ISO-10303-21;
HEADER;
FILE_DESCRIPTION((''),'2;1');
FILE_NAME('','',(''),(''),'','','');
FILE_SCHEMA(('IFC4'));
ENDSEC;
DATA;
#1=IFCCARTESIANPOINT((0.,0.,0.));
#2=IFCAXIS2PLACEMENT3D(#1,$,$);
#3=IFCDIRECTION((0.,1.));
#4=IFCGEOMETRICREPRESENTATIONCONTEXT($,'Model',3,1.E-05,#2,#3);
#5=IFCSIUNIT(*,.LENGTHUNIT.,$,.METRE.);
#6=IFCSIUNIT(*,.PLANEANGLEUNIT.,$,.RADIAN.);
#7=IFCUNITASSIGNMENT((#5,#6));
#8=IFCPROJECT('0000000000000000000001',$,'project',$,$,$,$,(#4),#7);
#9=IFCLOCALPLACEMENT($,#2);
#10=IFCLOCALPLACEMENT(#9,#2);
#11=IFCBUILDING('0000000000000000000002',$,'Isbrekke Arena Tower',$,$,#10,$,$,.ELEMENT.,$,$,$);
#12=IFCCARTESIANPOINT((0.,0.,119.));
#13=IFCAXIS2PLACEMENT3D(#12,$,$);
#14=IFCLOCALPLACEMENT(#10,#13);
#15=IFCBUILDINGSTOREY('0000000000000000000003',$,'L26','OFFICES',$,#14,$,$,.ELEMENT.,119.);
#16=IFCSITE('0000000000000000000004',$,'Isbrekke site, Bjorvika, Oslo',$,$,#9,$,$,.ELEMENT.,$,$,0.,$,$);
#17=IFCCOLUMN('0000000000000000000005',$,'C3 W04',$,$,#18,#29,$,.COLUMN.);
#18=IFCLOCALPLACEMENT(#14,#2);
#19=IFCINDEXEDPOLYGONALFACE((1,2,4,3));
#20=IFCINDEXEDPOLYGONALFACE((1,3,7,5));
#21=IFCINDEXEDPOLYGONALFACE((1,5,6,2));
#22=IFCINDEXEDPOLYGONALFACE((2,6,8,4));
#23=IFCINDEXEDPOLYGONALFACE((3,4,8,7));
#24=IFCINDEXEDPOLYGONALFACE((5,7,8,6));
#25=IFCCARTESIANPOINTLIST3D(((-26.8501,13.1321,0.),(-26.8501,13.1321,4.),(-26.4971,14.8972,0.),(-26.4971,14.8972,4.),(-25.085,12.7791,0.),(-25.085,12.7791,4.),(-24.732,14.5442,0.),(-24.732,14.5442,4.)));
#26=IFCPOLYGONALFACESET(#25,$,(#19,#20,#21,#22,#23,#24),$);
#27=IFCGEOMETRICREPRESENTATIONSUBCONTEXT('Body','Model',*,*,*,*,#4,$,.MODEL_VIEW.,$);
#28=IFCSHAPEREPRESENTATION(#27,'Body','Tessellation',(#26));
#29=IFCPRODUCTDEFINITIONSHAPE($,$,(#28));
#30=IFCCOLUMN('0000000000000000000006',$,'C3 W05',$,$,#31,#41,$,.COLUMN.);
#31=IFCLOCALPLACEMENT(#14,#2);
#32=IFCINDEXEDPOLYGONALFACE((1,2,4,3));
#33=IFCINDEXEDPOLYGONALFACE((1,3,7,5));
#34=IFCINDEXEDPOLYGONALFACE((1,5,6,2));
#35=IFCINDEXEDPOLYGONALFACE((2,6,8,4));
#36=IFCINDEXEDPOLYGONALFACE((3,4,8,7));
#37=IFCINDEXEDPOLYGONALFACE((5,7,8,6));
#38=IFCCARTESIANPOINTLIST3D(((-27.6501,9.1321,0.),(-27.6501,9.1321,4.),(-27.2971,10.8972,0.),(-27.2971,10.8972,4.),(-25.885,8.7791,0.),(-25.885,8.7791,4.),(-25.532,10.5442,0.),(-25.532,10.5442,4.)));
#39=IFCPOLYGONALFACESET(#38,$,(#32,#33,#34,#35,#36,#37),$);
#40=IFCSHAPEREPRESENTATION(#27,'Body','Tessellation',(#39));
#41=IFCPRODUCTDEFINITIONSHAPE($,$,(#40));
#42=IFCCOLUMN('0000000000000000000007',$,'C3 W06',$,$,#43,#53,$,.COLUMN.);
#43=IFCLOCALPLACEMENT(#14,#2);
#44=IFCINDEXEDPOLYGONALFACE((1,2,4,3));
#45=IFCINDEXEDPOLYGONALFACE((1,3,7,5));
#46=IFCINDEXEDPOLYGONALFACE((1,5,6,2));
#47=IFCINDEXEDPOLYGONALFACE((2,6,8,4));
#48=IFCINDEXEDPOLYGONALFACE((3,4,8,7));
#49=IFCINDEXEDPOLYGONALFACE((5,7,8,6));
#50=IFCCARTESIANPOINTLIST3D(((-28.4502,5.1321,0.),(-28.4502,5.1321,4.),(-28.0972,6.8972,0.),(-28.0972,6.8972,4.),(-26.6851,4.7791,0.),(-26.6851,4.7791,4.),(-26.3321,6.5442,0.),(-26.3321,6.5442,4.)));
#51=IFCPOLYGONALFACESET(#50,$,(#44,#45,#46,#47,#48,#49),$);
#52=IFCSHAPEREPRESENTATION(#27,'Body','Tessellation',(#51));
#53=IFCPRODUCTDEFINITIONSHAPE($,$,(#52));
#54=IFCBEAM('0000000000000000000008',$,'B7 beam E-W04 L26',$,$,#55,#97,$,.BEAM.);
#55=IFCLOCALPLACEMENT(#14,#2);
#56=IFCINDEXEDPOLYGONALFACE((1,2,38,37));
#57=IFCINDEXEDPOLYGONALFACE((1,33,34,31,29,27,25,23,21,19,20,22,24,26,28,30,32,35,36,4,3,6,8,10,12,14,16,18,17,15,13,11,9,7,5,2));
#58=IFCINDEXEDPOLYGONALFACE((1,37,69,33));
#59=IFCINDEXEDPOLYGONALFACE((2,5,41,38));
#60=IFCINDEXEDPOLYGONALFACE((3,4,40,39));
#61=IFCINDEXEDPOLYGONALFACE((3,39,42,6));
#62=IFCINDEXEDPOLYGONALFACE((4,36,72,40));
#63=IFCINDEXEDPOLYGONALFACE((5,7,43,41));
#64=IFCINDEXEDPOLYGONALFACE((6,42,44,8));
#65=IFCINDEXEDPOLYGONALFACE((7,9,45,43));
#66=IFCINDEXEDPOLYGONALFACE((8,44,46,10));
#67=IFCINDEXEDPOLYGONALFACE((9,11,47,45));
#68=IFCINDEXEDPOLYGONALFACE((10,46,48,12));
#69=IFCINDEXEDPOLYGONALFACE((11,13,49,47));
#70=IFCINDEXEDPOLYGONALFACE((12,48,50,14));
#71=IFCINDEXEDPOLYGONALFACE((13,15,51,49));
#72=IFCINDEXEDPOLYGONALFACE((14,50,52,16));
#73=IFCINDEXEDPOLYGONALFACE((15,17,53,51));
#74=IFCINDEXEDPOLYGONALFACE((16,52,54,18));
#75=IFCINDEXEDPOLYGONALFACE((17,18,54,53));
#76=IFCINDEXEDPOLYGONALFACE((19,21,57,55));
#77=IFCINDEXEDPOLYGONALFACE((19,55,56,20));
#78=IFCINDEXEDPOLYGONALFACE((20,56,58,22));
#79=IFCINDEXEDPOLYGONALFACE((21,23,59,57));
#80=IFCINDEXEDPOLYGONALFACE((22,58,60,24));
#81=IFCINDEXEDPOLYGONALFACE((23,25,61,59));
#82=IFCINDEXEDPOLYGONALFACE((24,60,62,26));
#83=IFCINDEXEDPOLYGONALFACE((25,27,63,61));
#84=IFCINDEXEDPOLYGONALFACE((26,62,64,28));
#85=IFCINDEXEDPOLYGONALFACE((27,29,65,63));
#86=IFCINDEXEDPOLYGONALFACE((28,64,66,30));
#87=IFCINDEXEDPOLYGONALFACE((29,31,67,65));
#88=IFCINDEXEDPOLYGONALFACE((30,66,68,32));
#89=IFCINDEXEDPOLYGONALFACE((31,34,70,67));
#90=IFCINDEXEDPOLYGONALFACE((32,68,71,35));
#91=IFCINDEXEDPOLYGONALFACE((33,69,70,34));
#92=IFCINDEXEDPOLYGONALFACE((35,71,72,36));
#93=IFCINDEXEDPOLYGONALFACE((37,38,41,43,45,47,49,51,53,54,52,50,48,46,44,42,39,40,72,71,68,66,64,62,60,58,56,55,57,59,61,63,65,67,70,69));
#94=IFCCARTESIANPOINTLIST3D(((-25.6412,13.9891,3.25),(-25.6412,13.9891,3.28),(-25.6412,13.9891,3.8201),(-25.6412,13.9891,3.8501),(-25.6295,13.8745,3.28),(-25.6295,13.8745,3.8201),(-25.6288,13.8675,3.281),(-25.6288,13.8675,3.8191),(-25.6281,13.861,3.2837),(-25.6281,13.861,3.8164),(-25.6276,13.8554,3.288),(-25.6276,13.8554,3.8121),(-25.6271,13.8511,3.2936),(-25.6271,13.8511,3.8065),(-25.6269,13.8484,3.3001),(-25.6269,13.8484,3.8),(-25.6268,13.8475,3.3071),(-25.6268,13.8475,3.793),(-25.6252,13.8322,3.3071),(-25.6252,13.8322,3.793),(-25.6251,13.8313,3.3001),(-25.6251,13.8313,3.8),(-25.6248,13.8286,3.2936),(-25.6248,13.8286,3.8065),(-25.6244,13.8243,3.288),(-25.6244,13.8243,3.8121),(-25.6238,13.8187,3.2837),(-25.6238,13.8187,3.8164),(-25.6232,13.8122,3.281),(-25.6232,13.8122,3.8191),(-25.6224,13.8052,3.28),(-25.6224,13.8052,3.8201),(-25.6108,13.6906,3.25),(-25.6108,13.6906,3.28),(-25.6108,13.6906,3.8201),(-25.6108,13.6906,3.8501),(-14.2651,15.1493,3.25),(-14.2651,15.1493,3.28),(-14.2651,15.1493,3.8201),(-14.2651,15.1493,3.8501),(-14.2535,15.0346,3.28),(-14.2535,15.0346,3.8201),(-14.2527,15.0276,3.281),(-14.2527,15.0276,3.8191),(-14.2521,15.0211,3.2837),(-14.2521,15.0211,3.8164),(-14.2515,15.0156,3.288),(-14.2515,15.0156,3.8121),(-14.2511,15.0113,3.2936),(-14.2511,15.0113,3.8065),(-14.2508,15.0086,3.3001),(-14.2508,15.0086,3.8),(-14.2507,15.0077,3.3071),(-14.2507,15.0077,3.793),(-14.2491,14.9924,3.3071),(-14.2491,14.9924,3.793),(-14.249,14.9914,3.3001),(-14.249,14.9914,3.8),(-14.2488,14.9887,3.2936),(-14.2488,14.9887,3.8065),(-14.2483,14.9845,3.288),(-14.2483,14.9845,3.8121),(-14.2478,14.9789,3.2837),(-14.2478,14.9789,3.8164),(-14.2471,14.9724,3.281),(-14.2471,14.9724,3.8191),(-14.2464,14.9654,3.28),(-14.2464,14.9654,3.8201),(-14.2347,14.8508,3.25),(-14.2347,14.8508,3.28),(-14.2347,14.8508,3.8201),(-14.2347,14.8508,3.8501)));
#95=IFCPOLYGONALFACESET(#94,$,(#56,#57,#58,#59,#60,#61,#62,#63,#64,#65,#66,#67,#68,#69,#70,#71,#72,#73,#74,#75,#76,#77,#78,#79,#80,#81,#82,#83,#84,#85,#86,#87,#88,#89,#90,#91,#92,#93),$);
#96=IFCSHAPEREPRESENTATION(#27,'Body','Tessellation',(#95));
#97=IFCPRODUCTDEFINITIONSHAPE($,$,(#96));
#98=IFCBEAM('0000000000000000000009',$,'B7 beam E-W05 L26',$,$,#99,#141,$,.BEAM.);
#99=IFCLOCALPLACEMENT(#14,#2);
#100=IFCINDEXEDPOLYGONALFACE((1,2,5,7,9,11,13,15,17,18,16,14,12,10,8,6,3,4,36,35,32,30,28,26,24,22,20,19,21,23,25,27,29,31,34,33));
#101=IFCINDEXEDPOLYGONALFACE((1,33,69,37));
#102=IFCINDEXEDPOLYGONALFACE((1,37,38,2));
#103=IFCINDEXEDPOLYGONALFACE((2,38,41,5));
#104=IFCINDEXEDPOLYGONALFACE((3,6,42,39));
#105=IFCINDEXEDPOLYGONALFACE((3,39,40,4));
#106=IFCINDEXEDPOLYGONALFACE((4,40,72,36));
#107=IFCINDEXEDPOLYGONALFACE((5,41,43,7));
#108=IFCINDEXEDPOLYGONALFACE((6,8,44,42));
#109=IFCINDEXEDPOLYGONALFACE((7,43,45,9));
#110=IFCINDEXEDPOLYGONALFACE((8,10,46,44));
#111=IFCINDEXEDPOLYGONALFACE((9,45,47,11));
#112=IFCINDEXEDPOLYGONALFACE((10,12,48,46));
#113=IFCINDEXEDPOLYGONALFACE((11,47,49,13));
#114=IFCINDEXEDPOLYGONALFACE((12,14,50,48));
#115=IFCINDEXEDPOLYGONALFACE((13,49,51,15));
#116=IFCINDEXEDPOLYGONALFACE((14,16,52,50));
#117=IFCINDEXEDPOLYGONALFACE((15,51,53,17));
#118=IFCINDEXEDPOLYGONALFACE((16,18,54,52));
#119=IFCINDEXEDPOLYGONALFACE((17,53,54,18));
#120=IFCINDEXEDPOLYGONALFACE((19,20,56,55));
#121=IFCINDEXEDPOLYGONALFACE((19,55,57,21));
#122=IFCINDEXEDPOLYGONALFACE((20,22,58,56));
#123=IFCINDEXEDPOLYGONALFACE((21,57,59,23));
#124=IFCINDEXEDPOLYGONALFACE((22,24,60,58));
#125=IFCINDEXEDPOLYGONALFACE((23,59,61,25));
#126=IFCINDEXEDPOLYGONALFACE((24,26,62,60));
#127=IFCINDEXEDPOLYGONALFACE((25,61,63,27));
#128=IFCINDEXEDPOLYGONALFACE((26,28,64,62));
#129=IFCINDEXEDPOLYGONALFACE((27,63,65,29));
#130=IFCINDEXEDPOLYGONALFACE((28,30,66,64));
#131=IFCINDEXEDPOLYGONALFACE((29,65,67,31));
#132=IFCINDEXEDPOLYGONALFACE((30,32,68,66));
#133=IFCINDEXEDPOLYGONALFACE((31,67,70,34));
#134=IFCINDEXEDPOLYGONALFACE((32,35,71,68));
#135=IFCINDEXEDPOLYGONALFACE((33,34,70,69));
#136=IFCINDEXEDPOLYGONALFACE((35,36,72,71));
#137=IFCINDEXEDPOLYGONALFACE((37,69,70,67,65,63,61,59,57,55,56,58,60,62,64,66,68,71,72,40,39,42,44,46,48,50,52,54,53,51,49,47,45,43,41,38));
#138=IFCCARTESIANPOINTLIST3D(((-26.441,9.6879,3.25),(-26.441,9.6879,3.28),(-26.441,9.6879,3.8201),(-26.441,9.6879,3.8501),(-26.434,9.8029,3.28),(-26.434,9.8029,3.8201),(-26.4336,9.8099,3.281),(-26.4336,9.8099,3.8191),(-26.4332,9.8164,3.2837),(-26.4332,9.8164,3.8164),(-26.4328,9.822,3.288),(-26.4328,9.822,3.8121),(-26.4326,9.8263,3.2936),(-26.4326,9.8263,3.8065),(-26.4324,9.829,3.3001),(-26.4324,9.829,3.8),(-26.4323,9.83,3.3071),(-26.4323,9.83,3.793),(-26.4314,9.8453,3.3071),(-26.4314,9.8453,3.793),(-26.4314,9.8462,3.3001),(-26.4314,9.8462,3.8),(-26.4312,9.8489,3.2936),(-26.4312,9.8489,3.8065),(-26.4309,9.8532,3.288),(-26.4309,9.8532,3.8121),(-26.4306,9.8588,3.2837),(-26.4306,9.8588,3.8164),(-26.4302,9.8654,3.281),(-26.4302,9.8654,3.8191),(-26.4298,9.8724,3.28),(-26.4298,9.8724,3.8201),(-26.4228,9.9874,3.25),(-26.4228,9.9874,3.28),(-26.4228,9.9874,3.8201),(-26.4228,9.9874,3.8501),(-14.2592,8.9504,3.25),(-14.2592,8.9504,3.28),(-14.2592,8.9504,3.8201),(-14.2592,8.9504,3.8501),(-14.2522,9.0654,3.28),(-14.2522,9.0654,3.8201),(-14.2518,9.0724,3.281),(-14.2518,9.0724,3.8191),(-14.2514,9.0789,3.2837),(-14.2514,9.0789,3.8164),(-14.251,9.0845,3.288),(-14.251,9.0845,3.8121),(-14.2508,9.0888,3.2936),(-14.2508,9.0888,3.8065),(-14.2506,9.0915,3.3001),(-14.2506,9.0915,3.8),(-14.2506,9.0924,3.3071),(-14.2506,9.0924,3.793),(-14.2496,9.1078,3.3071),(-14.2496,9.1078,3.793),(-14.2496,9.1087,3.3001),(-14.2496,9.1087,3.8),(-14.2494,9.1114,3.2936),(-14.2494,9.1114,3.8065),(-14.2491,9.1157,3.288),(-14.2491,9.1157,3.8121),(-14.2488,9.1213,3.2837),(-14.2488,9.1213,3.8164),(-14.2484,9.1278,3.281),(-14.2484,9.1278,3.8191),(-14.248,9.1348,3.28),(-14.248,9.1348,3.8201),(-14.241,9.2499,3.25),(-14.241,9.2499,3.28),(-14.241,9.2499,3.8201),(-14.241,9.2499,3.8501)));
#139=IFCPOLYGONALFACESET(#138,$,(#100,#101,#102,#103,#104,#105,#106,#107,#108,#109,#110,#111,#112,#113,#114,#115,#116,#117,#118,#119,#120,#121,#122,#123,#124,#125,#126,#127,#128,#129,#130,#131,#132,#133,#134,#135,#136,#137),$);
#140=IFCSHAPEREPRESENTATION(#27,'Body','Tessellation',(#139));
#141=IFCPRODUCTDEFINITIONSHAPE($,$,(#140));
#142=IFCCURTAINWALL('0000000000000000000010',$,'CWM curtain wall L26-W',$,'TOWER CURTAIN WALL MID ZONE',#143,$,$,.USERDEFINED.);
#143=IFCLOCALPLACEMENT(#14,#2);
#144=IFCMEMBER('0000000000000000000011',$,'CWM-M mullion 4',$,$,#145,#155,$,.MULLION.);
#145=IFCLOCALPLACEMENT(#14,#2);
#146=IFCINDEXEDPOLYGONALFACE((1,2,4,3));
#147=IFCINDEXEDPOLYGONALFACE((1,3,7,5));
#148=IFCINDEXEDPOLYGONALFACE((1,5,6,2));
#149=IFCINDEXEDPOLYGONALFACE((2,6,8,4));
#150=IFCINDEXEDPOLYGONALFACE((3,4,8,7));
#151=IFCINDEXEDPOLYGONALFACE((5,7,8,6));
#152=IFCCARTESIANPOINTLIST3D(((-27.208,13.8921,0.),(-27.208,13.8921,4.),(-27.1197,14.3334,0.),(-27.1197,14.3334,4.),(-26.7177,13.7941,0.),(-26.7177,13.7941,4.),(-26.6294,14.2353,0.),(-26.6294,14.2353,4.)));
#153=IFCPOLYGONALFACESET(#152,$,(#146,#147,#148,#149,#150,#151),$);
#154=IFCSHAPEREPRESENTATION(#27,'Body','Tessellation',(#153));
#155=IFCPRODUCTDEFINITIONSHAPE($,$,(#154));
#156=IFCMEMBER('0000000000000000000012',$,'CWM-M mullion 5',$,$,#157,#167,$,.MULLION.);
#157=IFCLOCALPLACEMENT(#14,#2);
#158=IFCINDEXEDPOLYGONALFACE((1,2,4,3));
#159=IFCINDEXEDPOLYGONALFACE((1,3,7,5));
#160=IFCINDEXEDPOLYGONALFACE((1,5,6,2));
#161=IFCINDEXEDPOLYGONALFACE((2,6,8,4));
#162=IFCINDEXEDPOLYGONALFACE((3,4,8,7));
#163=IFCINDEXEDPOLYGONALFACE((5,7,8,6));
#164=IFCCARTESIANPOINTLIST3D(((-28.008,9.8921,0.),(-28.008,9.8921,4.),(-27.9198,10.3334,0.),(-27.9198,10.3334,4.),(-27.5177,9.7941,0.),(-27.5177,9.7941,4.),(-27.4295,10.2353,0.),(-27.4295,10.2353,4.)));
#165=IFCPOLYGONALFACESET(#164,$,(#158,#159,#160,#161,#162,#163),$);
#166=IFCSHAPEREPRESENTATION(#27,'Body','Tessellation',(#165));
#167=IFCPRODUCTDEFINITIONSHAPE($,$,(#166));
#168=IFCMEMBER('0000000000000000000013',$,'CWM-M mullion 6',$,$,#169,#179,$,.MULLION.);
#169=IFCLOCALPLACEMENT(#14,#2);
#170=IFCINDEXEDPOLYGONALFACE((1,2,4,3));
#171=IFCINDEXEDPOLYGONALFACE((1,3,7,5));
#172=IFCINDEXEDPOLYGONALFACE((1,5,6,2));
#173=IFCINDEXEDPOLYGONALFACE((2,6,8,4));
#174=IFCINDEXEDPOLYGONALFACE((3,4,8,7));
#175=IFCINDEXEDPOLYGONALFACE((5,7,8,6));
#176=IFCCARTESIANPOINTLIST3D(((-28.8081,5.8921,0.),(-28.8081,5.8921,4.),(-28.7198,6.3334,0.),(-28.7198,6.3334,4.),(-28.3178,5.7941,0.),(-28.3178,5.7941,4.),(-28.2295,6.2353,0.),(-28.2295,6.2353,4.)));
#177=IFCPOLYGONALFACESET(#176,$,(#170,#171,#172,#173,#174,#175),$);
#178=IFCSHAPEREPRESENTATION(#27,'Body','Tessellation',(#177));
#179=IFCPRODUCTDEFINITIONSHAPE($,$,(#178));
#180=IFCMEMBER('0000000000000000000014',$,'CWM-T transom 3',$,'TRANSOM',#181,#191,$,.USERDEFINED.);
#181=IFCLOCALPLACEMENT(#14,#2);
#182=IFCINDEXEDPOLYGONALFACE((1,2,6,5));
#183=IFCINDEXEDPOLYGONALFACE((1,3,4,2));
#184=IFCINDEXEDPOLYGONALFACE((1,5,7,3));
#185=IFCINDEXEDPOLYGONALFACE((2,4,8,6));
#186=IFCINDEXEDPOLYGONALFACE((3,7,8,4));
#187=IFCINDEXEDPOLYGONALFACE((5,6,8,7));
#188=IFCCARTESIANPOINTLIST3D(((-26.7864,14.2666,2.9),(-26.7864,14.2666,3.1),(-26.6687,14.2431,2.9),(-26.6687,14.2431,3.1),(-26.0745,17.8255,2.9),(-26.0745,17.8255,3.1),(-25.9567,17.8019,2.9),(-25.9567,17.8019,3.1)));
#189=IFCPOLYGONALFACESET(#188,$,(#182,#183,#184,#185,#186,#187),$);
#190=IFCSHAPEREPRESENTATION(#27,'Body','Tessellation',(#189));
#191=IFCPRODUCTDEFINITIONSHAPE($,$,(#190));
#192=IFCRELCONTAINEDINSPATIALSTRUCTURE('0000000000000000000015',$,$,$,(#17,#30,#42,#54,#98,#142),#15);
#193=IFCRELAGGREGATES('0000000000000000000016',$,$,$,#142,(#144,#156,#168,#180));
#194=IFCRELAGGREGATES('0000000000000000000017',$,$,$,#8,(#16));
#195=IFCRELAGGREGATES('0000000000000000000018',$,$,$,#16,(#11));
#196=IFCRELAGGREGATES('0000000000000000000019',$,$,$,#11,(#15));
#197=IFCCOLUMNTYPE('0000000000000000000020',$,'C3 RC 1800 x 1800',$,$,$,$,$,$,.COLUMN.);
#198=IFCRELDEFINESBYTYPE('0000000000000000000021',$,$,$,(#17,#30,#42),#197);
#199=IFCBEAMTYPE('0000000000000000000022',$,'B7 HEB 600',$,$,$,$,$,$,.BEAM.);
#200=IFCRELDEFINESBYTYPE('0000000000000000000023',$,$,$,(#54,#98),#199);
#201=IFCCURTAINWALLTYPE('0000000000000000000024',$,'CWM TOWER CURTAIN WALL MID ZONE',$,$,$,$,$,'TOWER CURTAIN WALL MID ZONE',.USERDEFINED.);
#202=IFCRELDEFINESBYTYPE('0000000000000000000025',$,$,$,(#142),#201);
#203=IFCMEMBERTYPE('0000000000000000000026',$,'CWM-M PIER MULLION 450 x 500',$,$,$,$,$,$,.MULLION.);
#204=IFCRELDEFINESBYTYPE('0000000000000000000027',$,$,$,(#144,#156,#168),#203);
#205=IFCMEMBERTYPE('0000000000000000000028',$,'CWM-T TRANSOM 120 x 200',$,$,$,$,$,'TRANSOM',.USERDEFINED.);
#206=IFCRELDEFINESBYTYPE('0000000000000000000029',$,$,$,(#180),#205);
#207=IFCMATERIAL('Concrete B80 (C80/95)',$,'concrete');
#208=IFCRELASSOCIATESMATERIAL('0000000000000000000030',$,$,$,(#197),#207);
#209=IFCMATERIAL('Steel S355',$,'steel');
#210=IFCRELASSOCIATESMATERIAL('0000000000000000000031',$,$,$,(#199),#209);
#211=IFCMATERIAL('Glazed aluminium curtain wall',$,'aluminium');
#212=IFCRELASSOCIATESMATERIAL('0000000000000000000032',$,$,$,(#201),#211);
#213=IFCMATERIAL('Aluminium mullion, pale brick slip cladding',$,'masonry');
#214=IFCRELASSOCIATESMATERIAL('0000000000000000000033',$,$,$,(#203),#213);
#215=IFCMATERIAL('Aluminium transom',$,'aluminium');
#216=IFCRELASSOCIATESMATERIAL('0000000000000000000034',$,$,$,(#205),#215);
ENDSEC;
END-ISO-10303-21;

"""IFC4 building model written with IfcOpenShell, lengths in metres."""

from ifc_helpers import new_model, si_unit, direction, frame, origin, origin_2d, place, context, subcontext, project, spatial, rectangle, i_section, extrude, material, material_profile, profile_set, type_object, element, aggregate, save


model = new_model("IFC4")

# Units and contexts
model_context = context("Model", 3, precision=1e-05, world=origin(), true_north=direction((0.0, 1.0)))
body_context = subcontext(model_context, "Body", "Model", "MODEL_VIEW")
ifc_project = project(units=[si_unit("LENGTHUNIT", "METRE"), si_unit("PLANEANGLEUNIT", "RADIAN")], contexts=[model_context])

# Site, building, storey
site_placement = place(None, origin())
site = spatial("IfcSite", under=ifc_project, at=site_placement, Name="Isbrekke site, Bjorvika, Oslo", CompositionType="ELEMENT", RefElevation=0.0)
building_placement = place(site_placement, origin())
building = spatial("IfcBuilding", under=site, at=building_placement, Name="Isbrekke Arena Tower", CompositionType="ELEMENT")
storey_placement = place(building_placement, frame((0.0, 0.0, 119.0)))
storey = spatial("IfcBuildingStorey", under=building, at=storey_placement, Name="L26", Description="OFFICES", CompositionType="ELEMENT", Elevation=119.0)

# Columns
ifc_material_1 = material(Name="Concrete B80 (C80/95)", Category="concrete")
ifc_material_profile_1 = material_profile(ifc_material_1, rectangle(XDim=1.8, YDim=1.8, at=origin_2d()), Name="RC 1800x1800")
ifc_profile_set_1 = profile_set([ifc_material_profile_1], Name="Concrete B80 (C80/95)")
column_type = type_object("IfcColumnType", Name="C3 RC 1800 x 1800", PredefinedType="COLUMN", material=ifc_profile_set_1)
for number, where, z_axis, x_axis, name in (
    (1, (-25.791, 13.8381, 0.0), (0.0, 0.0, 1.0), (-0.196116, -0.980581, 0.0), "C3 W04"),
    (2, (-26.5911, 9.8381, 0.0), (0.0, 0.0, 1.0), (-0.196116, -0.980581, 0.0), "C3 W05"),
    (3, (-27.3911, 5.8381, 0.0), (0.0, 0.0, 1.0), (-0.196116, -0.980581, 0.0), "C3 W06"),
):
    element("IfcColumn", number, at=place(storey_placement, frame(where, z_axis=z_axis, x_axis=x_axis)), inside=storey, type_object=column_type, Name=name, PredefinedType="COLUMN", context=body_context, shape_type="SweptSolid", body=[
        extrude(rectangle(XDim=1.8, YDim=1.8, at=origin_2d()), origin(), (0.0, 0.0, 1.0), 4.0),
    ])

# Beams
ifc_material_2 = material(Name="Steel S355", Category="steel")
ifc_material_profile_2 = material_profile(ifc_material_2, i_section(OverallWidth=0.3, OverallDepth=0.6001, WebThickness=0.0154, FlangeThickness=0.03, FilletRadius=0.0271, at=origin_2d()), Name="HEB 600")
ifc_profile_set_2 = profile_set([ifc_material_profile_2], Name="Steel S355")
beam_type_1 = type_object("IfcBeamType", Name="B7 HEB 600", PredefinedType="BEAM", material=ifc_profile_set_2)
beam_1_placement = place(storey_placement, frame((-25.626, 13.8398, 3.55), z_axis=(0.99484, 0.101457, 0.0), x_axis=(-0.101457, 0.99484, 0.0)))
element("IfcBeam", 4, at=beam_1_placement, inside=storey, type_object=beam_type_1, Name="B7 beam E-W04 L26", PredefinedType="BEAM", context=body_context, shape_type="SweptSolid", body=[
    extrude(i_section(OverallWidth=0.3, OverallDepth=0.6001, WebThickness=0.0154, FlangeThickness=0.03, FilletRadius=0.0271, at=origin_2d()), origin(), (0.0, 0.0, 1.0), 11.4351),
])
beam_2_placement = place(storey_placement, frame((-26.4319, 9.8376, 3.55), z_axis=(0.998172, -0.060434, 0.0), x_axis=(0.060434, 0.998172, 0.0)))
element("IfcBeam", 5, at=beam_2_placement, inside=storey, type_object=beam_type_1, Name="B7 beam E-W05 L26", PredefinedType="BEAM", context=body_context, shape_type="SweptSolid", body=[
    extrude(i_section(OverallWidth=0.3, OverallDepth=0.6001, WebThickness=0.0154, FlangeThickness=0.03, FilletRadius=0.0271, at=origin_2d()), origin(), (0.0, 0.0, 1.0), 12.2041),
])

# Curtain wall, members
ifc_material_3 = material(Name="Glazed aluminium curtain wall", Category="aluminium")
curtain_wall_type = type_object("IfcCurtainWallType", Name="CWM TOWER CURTAIN WALL MID ZONE", ElementType="TOWER CURTAIN WALL MID ZONE", PredefinedType="USERDEFINED", material=ifc_material_3)
curtain_wall_placement = place(storey_placement, origin())
curtain_wall = element("IfcCurtainWall", 6, at=curtain_wall_placement, inside=storey, type_object=curtain_wall_type, Name="CWM curtain wall L26-W", ObjectType="TOWER CURTAIN WALL MID ZONE", PredefinedType="USERDEFINED")
ifc_material_4 = material(Name="Aluminium mullion, pale brick slip cladding", Category="masonry")
ifc_material_profile_3 = material_profile(ifc_material_4, rectangle(XDim=0.45, YDim=0.5, at=origin_2d()), Name="PIER 450X500")
ifc_profile_set_3 = profile_set([ifc_material_profile_3], Name="Aluminium mullion, pale brick slip cladding")
member_type_1 = type_object("IfcMemberType", Name="CWM-M PIER MULLION 450 x 500", PredefinedType="MULLION", material=ifc_profile_set_3)
member_1_placement = place(storey_placement, frame((-26.9187, 14.0637, 0.0), z_axis=(0.0, 0.0, 1.0), x_axis=(-0.196116, -0.980581, 0.0)))
member_1 = element("IfcMember", 7, at=member_1_placement, type_object=member_type_1, Name="CWM-M mullion 4", PredefinedType="MULLION", context=body_context, shape_type="SweptSolid", body=[
    extrude(rectangle(XDim=0.45, YDim=0.5, at=origin_2d()), origin(), (0.0, 0.0, 1.0), 4.0),
])
member_2_placement = place(storey_placement, frame((-27.7188, 10.0637, 0.0), z_axis=(0.0, 0.0, 1.0), x_axis=(-0.196116, -0.980581, 0.0)))
member_2 = element("IfcMember", 8, at=member_2_placement, type_object=member_type_1, Name="CWM-M mullion 5", PredefinedType="MULLION", context=body_context, shape_type="SweptSolid", body=[
    extrude(rectangle(XDim=0.45, YDim=0.5, at=origin_2d()), origin(), (0.0, 0.0, 1.0), 4.0),
])
member_3_placement = place(storey_placement, frame((-28.5188, 6.0637, 0.0), z_axis=(0.0, 0.0, 1.0), x_axis=(-0.196116, -0.980581, 0.0)))
member_3 = element("IfcMember", 9, at=member_3_placement, type_object=member_type_1, Name="CWM-M mullion 6", PredefinedType="MULLION", context=body_context, shape_type="SweptSolid", body=[
    extrude(rectangle(XDim=0.45, YDim=0.5, at=origin_2d()), origin(), (0.0, 0.0, 1.0), 4.0),
])
ifc_material_5 = material(Name="Aluminium transom", Category="aluminium")
ifc_material_profile_4 = material_profile(ifc_material_5, rectangle(XDim=0.1201, YDim=0.2, at=origin_2d()), Name="TRANSOM 120X200")
ifc_profile_set_4 = profile_set([ifc_material_profile_4], Name="Aluminium transom")
member_type_2 = type_object("IfcMemberType", Name="CWM-T TRANSOM 120 x 200", ElementType="TRANSOM", PredefinedType="USERDEFINED", material=ifc_profile_set_4)
member_4_placement = place(storey_placement, frame((-26.0156, 17.8137, 3.0), z_axis=(-0.196155, -0.980573, 0.0), x_axis=(0.980573, -0.196155, 0.0)))
member_4 = element("IfcMember", 10, at=member_4_placement, type_object=member_type_2, Name="CWM-T transom 3", ObjectType="TRANSOM", PredefinedType="USERDEFINED", context=body_context, shape_type="SweptSolid", body=[
    extrude(rectangle(XDim=0.1201, YDim=0.2, at=origin_2d()), origin(), (0.0, 0.0, 1.0), 3.6294),
])

aggregate(curtain_wall, [member_1, member_2, member_3, member_4])

save(model, "model.ifc")
